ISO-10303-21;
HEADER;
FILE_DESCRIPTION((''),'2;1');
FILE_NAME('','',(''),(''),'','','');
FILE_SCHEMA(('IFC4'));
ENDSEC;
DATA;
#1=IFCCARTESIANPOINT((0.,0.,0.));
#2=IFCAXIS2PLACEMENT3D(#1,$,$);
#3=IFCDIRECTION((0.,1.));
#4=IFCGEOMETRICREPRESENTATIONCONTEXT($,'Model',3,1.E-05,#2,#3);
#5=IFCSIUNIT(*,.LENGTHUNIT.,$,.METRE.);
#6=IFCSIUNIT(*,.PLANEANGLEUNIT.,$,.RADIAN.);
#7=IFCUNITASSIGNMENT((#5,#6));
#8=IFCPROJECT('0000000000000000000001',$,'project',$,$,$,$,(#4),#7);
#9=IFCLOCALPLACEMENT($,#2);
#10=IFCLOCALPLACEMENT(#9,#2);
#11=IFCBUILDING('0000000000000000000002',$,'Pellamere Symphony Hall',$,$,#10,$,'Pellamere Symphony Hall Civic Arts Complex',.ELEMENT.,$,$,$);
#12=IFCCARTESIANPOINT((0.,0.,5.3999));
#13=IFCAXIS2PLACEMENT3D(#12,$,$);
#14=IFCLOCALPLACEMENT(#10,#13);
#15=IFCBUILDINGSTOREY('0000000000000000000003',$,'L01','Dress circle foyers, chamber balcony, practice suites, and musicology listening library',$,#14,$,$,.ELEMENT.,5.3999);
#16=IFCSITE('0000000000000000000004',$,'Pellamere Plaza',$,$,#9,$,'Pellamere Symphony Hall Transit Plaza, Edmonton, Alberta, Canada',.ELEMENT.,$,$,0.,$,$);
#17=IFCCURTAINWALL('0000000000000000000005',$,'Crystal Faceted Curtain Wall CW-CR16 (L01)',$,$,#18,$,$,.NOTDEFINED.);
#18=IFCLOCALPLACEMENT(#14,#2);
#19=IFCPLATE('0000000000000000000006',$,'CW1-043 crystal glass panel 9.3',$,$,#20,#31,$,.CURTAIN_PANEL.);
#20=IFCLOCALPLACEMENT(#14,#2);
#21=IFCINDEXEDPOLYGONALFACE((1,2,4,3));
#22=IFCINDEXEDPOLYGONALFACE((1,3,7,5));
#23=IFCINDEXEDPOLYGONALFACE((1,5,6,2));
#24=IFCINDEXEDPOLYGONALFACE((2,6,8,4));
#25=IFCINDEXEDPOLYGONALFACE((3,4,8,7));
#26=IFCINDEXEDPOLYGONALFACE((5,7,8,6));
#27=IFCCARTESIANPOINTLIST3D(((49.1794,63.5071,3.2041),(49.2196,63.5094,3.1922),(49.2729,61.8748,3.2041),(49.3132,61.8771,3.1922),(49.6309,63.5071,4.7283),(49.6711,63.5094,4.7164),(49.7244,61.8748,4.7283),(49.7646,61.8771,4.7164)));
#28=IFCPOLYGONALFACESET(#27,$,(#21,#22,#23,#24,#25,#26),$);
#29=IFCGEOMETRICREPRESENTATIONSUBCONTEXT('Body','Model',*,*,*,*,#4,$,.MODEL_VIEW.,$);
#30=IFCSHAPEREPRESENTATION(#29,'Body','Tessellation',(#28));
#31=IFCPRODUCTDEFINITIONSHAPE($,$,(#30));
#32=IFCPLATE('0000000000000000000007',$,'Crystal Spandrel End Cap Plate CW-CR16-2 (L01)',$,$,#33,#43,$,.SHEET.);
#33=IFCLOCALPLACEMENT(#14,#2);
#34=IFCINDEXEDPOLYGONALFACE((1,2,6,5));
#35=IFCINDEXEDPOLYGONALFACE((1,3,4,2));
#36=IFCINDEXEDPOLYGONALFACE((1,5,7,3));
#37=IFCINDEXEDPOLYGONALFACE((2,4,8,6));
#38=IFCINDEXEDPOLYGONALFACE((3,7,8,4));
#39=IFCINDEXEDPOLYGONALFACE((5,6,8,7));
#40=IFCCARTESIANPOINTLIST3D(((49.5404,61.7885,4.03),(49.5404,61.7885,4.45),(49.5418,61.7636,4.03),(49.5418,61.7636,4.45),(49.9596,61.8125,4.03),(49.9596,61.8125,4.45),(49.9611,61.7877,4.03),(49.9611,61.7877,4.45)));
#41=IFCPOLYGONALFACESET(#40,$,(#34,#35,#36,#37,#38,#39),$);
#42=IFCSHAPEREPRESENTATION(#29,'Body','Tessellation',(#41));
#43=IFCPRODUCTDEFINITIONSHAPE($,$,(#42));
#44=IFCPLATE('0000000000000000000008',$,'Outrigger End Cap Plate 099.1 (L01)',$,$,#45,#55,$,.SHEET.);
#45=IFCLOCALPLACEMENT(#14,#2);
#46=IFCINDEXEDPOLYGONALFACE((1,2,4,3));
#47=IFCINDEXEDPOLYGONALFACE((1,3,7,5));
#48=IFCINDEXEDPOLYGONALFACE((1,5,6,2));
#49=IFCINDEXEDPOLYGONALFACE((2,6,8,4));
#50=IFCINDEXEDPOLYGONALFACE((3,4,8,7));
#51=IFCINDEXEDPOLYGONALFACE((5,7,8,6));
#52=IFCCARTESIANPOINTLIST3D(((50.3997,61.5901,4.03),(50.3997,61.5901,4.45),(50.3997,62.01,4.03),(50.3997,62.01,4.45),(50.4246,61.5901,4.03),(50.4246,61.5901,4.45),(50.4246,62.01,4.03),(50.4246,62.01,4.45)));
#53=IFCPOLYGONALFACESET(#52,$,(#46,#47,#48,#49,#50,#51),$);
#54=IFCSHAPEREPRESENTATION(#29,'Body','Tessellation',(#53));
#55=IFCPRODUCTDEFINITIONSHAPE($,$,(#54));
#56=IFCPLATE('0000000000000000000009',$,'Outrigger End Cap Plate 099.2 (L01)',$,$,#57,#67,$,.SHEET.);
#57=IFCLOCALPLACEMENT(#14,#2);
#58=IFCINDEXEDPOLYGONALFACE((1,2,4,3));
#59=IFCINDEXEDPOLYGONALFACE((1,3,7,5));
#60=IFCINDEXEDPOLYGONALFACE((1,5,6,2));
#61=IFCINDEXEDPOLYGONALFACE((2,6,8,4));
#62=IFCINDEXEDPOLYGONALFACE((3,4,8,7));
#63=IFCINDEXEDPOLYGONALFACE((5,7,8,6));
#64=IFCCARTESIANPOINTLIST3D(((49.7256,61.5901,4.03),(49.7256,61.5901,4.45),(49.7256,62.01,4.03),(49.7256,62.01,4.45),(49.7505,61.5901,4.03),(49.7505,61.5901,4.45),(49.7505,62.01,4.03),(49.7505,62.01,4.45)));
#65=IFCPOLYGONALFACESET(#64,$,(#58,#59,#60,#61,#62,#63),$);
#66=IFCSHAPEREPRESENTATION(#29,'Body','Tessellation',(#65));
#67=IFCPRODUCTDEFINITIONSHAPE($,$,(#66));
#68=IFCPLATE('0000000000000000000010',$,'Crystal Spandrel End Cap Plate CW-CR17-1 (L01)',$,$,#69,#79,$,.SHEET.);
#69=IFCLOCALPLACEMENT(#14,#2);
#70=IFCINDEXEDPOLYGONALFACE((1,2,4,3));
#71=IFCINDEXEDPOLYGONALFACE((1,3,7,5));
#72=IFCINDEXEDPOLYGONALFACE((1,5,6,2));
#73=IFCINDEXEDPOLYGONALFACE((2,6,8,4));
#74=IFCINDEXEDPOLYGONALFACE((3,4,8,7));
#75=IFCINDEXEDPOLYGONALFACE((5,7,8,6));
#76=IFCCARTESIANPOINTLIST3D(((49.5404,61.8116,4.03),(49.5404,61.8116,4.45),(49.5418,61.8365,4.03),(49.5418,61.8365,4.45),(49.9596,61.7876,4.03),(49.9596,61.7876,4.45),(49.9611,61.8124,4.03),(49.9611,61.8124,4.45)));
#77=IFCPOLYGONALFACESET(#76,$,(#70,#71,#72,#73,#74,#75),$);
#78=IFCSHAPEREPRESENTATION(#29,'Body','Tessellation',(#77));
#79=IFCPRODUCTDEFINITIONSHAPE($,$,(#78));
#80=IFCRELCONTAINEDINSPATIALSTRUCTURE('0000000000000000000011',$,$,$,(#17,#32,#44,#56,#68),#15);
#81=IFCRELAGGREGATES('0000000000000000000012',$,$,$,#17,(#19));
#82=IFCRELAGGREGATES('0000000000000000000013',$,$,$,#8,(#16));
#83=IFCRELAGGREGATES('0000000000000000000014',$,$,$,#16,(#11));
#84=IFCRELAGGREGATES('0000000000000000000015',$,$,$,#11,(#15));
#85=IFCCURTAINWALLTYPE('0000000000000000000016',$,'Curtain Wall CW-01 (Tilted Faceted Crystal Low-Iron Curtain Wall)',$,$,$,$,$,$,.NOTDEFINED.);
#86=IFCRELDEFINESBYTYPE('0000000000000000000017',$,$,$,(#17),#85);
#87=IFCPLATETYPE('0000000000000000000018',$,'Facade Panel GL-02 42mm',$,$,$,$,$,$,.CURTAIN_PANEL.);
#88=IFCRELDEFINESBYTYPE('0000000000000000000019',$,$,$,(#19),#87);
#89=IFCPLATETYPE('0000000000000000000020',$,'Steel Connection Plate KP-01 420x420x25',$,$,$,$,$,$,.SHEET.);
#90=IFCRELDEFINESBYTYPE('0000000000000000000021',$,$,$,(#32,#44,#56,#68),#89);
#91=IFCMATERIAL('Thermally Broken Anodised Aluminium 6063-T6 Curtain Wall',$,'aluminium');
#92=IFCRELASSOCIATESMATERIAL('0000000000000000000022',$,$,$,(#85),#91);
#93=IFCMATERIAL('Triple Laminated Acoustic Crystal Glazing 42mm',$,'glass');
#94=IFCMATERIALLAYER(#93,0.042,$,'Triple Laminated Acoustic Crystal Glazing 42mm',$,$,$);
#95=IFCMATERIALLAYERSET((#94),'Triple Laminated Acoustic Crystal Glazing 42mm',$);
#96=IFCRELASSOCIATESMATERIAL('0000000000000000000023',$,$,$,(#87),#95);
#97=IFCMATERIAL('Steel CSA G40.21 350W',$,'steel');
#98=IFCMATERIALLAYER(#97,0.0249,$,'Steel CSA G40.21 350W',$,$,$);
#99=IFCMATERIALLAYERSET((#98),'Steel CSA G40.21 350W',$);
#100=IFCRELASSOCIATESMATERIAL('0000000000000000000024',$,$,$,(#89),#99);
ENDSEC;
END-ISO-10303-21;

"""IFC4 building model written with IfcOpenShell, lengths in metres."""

from ifc_helpers import new_model, si_unit, direction, frame, origin, origin_2d, place, context, subcontext, project, spatial, polyline, rectangle, outline, extrude, material, layer, layer_set, type_object, element, aggregate, save


model = new_model("IFC4")

# Units and contexts
model_context = context("Model", 3, precision=1e-05, world=origin(), true_north=direction((0.0, 1.0)))
body_context = subcontext(model_context, "Body", "Model", "MODEL_VIEW")
ifc_project = project(units=[si_unit("LENGTHUNIT", "METRE"), si_unit("PLANEANGLEUNIT", "RADIAN")], contexts=[model_context])

# Site, building, storey
site_placement = place(None, origin())
site = spatial("IfcSite", under=ifc_project, at=site_placement, Name="Pellamere Plaza", LongName="Pellamere Symphony Hall Transit Plaza, Edmonton, Alberta, Canada", CompositionType="ELEMENT", RefElevation=0.0)
building_placement = place(site_placement, origin())
building = spatial("IfcBuilding", under=site, at=building_placement, Name="Pellamere Symphony Hall", LongName="Pellamere Symphony Hall Civic Arts Complex", CompositionType="ELEMENT")
storey_placement = place(building_placement, frame((0.0, 0.0, 5.3999)))
storey = spatial("IfcBuildingStorey", under=building, at=storey_placement, Name="L01", Description="Dress circle foyers, chamber balcony, practice suites, and musicology listening library", CompositionType="ELEMENT", Elevation=5.3999)

# Curtain wall
ifc_material_1 = material(Name="Thermally Broken Anodised Aluminium 6063-T6 Curtain Wall", Category="aluminium")
curtain_wall_type = type_object("IfcCurtainWallType", Name="Curtain Wall CW-01 (Tilted Faceted Crystal Low-Iron Curtain Wall)", PredefinedType="NOTDEFINED", material=ifc_material_1)
curtain_wall_1_placement = place(storey_placement, origin())
curtain_wall_1 = element("IfcCurtainWall", 1, at=curtain_wall_1_placement, inside=storey, type_object=curtain_wall_type, Name="Crystal Faceted Curtain Wall CW-CR16 (L01)", PredefinedType="NOTDEFINED")

# Shared definitions
ifc_material_2 = material(Name="Steel CSA G40.21 350W", Category="steel")

# Plate
ifc_material_3 = material(Name="Triple Laminated Acoustic Crystal Glazing 42mm", Category="glass")
ifc_layer_1 = layer(ifc_material_3, 0.042, Name="Triple Laminated Acoustic Crystal Glazing 42mm")
ifc_layer_set_1 = layer_set([ifc_layer_1], Name="Triple Laminated Acoustic Crystal Glazing 42mm")
plate_type_1 = type_object("IfcPlateType", Name="Facade Panel GL-02 42mm", PredefinedType="CURTAIN_PANEL", material=ifc_layer_set_1)
plate_1_placement = place(storey_placement, frame((49.1794, 63.5071, 3.2041), z_axis=(-0.957388, -0.054843, 0.283551), x_axis=(0.05719, -0.998363, 0.0)))
plate_1 = element("IfcPlate", 2, at=plate_1_placement, type_object=plate_type_1, Name="CW1-043 crystal glass panel 9.3", PredefinedType="CURTAIN_PANEL", context=body_context, shape_type="SweptSolid", body=[
    extrude(outline(polyline([(0.0, 0.0), (1.635, 0.0), (1.6608, 1.5894), (0.0258, 1.5894), (0.0, 0.0)])), origin(), (0.0, 0.0, -1.0), 0.042),
])
aggregate(curtain_wall_1, [plate_1])

# Plates
ifc_layer_2 = layer(ifc_material_2, 0.0249, Name="Steel CSA G40.21 350W")
ifc_layer_set_2 = layer_set([ifc_layer_2], Name="Steel CSA G40.21 350W")
plate_type_2 = type_object("IfcPlateType", Name="Steel Connection Plate KP-01 420x420x25", PredefinedType="SHEET", material=ifc_layer_set_2)
for number, where, z_axis, x_axis, name in (
    (3, (49.7507, 61.7881, 4.03), (0.0, 0.0, 1.0), (0.057216, -0.998362, 0.0), "Crystal Spandrel End Cap Plate CW-CR16-2 (L01)"),
    (4, (50.4121, 61.8, 4.03), (0.0, 0.0, 1.0), (-1.0, 0.0, 0.0), "Outrigger End Cap Plate 099.1 (L01)"),
    (5, (49.738, 61.8, 4.03), (0.0, 0.0, 1.0), (-1.0, 0.0, 0.0), "Outrigger End Cap Plate 099.2 (L01)"),
    (6, (49.7507, 61.812, 4.03), (0.0, 0.0, 1.0), (-0.057216, -0.998362, 0.0), "Crystal Spandrel End Cap Plate CW-CR17-1 (L01)"),
):
    element("IfcPlate", number, at=place(storey_placement, frame(where, z_axis=z_axis, x_axis=x_axis)), inside=storey, type_object=plate_type_2, Name=name, PredefinedType="SHEET", context=body_context, shape_type="SweptSolid", body=[
        extrude(rectangle(XDim=0.0249, YDim=0.4199, at=origin_2d()), origin(), (0.0, 0.0, 1.0), 0.4199),
    ])

save(model, "model.ifc")
